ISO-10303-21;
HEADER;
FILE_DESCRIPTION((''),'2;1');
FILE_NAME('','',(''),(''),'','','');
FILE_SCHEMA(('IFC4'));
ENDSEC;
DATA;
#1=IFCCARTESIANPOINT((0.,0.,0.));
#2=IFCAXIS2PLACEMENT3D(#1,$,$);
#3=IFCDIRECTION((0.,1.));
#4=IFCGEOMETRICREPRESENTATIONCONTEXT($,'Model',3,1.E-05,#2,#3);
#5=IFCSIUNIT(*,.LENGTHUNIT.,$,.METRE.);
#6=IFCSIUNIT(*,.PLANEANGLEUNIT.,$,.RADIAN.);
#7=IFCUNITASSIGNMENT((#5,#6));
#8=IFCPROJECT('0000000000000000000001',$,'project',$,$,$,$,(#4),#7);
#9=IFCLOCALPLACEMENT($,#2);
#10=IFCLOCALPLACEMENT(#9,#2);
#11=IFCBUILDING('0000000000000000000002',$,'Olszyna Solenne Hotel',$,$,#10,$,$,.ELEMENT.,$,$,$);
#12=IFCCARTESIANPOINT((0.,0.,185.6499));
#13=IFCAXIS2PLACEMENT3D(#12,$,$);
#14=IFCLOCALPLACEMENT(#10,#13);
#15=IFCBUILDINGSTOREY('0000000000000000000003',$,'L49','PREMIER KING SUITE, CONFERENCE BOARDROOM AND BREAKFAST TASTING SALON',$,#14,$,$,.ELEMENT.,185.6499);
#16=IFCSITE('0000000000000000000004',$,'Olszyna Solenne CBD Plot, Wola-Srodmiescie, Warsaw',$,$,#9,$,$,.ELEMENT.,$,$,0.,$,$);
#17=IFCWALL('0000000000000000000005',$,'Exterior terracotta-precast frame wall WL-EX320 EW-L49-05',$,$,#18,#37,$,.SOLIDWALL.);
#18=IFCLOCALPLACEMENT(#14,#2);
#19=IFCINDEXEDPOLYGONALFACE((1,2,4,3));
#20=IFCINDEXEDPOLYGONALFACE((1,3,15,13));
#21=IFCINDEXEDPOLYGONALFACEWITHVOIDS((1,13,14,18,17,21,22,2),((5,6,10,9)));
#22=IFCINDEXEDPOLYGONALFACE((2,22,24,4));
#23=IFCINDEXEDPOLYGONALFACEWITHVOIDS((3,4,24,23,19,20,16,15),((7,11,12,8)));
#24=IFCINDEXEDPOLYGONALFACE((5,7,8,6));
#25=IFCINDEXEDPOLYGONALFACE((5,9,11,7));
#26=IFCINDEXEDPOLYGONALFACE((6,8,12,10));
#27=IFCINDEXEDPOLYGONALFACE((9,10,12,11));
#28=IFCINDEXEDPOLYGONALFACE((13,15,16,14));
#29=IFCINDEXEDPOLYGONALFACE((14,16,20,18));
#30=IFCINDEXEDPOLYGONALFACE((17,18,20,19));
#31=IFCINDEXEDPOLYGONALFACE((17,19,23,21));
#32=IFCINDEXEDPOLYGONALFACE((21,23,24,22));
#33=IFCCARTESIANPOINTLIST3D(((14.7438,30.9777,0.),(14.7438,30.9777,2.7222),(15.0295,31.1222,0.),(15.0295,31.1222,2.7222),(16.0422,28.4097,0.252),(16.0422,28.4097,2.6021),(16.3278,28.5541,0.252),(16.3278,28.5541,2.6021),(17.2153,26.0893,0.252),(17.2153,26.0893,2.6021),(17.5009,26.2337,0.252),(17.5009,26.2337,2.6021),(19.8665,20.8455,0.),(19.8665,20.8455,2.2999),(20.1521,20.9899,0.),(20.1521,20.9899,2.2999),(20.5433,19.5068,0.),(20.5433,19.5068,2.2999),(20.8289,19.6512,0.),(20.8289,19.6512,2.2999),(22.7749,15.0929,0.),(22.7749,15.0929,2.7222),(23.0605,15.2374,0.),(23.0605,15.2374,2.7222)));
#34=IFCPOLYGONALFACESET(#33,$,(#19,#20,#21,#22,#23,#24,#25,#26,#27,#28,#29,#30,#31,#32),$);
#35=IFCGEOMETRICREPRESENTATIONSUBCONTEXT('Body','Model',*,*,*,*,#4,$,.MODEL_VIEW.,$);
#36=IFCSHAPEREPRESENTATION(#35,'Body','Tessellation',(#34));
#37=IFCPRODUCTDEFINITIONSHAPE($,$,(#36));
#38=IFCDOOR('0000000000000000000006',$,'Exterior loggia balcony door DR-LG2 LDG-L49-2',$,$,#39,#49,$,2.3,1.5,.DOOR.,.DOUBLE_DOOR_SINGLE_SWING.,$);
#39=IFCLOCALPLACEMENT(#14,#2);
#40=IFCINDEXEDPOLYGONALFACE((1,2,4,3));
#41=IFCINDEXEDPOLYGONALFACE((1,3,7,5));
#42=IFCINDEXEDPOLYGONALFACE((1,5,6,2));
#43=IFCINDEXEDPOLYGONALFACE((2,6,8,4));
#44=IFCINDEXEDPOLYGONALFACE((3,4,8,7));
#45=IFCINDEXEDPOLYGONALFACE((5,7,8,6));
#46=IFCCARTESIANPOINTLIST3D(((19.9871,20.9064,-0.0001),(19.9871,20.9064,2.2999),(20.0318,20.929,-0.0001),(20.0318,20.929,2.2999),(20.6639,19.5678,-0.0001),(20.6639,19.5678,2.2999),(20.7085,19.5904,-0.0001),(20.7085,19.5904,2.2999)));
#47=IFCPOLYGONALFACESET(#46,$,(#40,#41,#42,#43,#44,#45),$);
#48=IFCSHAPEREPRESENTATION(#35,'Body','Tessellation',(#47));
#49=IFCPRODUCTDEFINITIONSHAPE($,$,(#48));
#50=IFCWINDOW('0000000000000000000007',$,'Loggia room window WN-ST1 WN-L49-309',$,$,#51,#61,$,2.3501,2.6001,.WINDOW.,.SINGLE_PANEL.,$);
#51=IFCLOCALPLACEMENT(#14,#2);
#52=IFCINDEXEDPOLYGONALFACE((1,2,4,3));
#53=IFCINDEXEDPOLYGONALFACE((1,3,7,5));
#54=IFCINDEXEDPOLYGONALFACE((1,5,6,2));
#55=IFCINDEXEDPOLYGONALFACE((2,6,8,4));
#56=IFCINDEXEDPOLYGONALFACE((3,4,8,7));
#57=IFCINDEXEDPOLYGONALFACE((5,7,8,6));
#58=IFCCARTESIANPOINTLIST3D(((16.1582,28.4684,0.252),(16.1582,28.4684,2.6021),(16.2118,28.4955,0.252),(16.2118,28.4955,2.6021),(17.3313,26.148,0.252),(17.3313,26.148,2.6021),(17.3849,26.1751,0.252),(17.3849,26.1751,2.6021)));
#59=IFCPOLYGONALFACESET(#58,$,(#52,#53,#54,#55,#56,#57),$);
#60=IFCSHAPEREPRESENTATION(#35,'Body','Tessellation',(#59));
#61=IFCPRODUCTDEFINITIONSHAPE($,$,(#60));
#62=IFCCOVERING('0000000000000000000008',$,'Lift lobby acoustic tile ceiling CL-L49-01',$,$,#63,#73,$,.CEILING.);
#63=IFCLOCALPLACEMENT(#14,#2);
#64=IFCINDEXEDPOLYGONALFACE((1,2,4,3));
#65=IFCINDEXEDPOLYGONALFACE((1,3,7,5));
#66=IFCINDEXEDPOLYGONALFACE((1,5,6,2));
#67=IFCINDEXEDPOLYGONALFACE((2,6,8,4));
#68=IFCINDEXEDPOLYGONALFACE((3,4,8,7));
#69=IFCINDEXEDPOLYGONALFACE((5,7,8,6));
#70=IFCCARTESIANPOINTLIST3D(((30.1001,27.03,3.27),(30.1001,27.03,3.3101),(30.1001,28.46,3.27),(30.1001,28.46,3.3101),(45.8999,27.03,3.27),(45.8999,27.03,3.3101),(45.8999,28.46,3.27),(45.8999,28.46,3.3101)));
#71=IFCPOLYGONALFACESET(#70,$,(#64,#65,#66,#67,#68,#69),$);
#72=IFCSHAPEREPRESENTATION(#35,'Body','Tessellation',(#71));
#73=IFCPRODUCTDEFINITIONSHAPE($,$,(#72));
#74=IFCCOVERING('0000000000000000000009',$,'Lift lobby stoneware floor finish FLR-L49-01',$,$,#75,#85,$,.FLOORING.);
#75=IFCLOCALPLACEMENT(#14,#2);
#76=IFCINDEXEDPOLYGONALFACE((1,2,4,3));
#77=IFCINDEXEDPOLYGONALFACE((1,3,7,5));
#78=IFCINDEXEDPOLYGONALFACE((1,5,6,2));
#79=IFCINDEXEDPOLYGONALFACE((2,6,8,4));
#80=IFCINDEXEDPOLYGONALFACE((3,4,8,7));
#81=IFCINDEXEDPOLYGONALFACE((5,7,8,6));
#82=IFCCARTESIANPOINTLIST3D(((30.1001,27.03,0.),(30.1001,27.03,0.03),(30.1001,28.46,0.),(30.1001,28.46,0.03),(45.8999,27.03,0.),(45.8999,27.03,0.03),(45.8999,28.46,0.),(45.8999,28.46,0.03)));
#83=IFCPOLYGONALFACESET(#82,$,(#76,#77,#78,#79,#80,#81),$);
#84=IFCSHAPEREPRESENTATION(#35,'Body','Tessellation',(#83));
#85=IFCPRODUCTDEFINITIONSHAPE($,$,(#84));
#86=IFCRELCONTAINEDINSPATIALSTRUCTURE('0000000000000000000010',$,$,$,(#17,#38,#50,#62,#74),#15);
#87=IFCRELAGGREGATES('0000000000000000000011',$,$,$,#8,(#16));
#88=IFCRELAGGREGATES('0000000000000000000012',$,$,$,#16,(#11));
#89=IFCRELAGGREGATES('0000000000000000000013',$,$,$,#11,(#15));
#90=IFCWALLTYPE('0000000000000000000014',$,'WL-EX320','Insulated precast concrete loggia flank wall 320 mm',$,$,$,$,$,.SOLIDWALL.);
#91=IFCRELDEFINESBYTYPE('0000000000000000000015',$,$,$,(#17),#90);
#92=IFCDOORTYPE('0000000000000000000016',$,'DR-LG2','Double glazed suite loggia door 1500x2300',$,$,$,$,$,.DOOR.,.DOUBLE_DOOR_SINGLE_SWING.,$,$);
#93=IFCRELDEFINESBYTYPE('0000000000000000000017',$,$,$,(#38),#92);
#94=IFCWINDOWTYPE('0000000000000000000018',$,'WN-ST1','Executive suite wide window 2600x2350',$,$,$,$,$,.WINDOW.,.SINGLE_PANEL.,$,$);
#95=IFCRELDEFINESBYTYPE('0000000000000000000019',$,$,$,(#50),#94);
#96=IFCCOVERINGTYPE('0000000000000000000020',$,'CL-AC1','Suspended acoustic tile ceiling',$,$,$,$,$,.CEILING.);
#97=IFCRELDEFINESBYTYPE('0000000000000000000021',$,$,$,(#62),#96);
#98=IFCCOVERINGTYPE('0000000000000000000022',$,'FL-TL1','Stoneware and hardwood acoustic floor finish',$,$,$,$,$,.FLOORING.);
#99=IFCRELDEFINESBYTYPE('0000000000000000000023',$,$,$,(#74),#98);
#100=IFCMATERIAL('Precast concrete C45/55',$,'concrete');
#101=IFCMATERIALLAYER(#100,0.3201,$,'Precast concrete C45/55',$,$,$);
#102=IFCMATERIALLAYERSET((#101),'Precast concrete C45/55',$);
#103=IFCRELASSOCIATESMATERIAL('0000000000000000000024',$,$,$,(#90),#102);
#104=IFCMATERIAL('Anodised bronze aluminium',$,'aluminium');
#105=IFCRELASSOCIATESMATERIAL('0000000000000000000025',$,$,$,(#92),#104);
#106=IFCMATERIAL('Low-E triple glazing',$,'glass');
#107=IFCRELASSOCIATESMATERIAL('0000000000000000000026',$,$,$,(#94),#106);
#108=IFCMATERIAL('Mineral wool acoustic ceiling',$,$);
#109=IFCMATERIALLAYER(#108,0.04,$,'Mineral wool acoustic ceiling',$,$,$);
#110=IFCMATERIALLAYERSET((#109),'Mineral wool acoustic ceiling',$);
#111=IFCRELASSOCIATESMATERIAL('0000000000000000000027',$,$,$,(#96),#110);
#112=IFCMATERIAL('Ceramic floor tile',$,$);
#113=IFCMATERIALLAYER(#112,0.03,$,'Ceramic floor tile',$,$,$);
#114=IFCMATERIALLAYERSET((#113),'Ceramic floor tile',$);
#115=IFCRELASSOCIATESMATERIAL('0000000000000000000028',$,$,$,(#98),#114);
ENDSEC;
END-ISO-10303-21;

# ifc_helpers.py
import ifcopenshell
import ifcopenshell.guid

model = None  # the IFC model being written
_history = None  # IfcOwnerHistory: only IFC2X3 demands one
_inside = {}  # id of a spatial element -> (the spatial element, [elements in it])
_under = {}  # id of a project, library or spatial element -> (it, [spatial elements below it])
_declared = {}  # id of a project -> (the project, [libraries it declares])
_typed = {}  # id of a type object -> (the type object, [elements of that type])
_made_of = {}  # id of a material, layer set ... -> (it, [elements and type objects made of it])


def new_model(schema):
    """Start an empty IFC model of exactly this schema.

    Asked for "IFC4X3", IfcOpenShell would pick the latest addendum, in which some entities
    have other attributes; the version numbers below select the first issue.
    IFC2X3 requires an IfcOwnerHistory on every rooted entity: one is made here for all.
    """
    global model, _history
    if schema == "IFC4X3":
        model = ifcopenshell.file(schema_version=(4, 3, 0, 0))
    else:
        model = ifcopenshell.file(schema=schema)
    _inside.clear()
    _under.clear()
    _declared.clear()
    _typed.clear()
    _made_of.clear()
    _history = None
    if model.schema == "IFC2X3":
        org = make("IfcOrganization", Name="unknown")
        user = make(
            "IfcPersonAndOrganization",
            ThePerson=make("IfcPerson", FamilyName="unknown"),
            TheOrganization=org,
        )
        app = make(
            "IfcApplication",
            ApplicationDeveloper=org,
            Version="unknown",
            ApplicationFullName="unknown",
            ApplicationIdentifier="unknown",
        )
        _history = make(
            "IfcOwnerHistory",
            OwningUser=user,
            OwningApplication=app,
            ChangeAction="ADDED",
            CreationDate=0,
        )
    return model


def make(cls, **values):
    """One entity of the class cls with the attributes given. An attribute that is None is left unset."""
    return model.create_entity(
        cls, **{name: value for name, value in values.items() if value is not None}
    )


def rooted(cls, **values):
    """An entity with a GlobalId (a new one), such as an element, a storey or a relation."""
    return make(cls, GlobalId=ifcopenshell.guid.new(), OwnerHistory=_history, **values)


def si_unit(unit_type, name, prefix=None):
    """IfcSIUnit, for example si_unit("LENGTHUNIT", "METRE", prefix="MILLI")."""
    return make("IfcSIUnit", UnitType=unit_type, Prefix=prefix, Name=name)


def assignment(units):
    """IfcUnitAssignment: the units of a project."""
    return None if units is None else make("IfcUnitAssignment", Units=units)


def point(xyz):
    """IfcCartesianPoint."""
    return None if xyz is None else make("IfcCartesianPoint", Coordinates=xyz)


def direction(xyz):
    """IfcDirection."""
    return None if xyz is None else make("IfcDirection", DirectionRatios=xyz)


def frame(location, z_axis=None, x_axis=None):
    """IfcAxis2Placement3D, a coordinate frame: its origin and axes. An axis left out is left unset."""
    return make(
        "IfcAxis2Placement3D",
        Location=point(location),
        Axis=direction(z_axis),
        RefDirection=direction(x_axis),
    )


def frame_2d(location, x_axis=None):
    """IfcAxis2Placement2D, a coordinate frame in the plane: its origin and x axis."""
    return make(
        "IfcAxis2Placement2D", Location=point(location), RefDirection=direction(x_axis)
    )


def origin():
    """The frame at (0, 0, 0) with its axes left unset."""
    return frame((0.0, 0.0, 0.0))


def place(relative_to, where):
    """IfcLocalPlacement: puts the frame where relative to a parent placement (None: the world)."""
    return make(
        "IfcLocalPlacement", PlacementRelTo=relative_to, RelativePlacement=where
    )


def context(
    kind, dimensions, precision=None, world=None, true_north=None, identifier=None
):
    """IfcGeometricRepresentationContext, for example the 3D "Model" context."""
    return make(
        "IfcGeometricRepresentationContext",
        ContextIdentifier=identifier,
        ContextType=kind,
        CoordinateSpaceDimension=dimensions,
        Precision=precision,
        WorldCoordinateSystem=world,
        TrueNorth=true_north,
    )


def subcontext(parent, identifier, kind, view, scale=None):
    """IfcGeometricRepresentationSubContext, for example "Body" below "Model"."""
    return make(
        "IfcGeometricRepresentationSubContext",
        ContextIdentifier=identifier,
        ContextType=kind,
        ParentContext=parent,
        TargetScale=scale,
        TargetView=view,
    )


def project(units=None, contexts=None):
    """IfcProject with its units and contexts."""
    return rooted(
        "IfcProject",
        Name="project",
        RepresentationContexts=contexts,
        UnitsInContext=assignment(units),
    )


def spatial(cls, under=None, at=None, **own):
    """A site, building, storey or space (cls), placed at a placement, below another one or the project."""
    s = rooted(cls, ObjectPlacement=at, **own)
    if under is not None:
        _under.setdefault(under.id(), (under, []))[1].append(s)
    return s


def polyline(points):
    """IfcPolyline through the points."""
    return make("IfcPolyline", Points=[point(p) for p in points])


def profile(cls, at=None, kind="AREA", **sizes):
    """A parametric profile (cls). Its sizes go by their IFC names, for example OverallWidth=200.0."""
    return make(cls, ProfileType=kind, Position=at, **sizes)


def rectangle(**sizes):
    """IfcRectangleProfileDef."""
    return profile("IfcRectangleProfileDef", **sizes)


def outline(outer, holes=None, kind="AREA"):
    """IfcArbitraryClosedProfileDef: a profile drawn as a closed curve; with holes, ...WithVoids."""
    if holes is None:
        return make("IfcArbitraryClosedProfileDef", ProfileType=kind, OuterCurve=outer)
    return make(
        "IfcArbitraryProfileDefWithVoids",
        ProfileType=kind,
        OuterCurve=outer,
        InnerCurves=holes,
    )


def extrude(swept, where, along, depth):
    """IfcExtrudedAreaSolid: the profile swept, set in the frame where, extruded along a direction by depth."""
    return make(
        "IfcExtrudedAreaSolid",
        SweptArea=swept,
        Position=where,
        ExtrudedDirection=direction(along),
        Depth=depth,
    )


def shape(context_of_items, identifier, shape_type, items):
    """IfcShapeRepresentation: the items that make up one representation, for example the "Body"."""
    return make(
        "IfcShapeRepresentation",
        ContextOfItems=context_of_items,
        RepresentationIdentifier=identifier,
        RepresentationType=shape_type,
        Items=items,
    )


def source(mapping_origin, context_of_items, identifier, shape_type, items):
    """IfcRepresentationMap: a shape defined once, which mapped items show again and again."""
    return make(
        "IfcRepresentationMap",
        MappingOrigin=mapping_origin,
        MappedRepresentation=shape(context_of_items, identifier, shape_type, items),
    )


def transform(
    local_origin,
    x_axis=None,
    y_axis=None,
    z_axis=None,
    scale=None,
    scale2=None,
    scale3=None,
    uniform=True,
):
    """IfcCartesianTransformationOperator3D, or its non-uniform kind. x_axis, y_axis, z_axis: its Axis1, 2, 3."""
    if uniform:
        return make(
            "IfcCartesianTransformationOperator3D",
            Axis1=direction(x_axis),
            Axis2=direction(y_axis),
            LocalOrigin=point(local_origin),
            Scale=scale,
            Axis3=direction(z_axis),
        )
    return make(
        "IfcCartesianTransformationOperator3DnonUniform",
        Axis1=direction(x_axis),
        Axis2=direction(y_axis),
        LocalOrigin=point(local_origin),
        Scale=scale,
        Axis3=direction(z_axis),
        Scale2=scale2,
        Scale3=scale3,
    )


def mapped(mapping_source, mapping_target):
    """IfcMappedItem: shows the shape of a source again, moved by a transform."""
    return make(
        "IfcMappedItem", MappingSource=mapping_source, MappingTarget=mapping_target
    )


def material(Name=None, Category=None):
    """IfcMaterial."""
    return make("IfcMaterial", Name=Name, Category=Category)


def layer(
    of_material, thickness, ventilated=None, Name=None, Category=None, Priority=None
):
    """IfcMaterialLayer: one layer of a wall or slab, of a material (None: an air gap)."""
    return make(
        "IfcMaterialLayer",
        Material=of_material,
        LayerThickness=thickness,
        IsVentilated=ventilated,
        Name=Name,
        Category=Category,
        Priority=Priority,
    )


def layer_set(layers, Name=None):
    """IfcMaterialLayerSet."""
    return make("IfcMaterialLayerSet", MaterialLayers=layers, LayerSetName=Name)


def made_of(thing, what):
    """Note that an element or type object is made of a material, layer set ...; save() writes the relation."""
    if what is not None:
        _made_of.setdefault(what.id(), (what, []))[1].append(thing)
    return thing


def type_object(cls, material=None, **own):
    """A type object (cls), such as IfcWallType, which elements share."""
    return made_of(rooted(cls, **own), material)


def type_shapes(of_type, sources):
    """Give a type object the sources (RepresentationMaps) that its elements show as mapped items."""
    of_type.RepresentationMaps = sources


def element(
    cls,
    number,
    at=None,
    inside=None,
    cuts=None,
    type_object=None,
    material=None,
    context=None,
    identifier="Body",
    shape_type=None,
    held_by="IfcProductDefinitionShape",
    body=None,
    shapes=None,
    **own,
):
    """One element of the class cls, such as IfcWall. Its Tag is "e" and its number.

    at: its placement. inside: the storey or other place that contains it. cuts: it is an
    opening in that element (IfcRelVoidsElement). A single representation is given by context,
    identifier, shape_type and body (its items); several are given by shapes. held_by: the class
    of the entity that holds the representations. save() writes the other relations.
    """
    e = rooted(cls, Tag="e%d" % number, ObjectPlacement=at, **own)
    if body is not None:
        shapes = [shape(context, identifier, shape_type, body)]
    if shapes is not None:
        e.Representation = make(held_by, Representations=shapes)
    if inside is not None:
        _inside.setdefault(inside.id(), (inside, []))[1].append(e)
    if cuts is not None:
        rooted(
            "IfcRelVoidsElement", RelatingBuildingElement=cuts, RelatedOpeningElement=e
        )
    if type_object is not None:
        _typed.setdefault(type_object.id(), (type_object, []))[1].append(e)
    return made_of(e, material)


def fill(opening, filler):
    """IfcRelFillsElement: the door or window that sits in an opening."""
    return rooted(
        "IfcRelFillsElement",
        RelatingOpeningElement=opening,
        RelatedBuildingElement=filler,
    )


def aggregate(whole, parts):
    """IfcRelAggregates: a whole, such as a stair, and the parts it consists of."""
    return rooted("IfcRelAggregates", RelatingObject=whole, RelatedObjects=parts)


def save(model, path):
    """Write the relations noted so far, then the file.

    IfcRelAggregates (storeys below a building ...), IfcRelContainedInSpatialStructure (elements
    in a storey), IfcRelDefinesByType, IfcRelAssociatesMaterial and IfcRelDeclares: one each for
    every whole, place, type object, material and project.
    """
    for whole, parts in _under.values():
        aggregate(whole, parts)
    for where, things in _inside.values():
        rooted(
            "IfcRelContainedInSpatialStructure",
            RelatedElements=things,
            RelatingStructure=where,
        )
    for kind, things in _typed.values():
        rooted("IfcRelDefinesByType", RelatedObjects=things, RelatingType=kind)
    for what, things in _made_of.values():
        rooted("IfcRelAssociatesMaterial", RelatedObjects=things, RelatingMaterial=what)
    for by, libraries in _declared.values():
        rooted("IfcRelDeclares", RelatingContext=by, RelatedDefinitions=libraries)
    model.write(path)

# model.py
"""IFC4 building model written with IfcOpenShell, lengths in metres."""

from ifc_helpers import new_model, si_unit, direction, frame, frame_2d, origin, place, context, subcontext, project, spatial, polyline, rectangle, outline, extrude, source, transform, mapped, material, layer, layer_set, type_object, type_shapes, element, fill, save


model = new_model("IFC4")

# Units and contexts
model_context = context("Model", 3, precision=1e-05, world=origin(), true_north=direction((0.0, 1.0)))
body_context = subcontext(model_context, "Body", "Model", "MODEL_VIEW")
ifc_project = project(units=[si_unit("LENGTHUNIT", "METRE"), si_unit("PLANEANGLEUNIT", "RADIAN")], contexts=[model_context])

# Site, building, storey
site_placement = place(None, origin())
site = spatial("IfcSite", under=ifc_project, at=site_placement, Name="Olszyna Solenne CBD Plot, Wola-Srodmiescie, Warsaw", CompositionType="ELEMENT", RefElevation=0.0)
building_placement = place(site_placement, origin())
building = spatial("IfcBuilding", under=site, at=building_placement, Name="Olszyna Solenne Hotel", CompositionType="ELEMENT")
storey_placement = place(building_placement, frame((0.0, 0.0, 185.6499)))
storey = spatial("IfcBuildingStorey", under=building, at=storey_placement, Name="L49", Description="PREMIER KING SUITE, CONFERENCE BOARDROOM AND BREAKFAST TASTING SALON", CompositionType="ELEMENT", Elevation=185.6499)

# Shared definitions
ifc_material_1 = material(Name="Anodised bronze aluminium", Category="aluminium")

# Shared definitions
ifc_material_2 = material(Name="Precast concrete C45/55", Category="concrete")

# Shared definitions
ifc_material_3 = material(Name="Low-E triple glazing", Category="glass")

# Wall, openings, door, window
ifc_layer_1 = layer(ifc_material_2, 0.3201, Name="Precast concrete C45/55")
ifc_layer_set_1 = layer_set([ifc_layer_1], Name="Precast concrete C45/55")
wall_type = type_object("IfcWallType", Name="WL-EX320", Description="Insulated precast concrete loggia flank wall 320 mm", PredefinedType="SOLIDWALL", material=ifc_layer_set_1)
wall_placement = place(storey_placement, frame((22.9177, 15.165, 0.0), z_axis=(0.0, 0.0, 1.0), x_axis=(-0.451192, 0.892427, 0.0)))
wall = element("IfcWall", 1, at=wall_placement, inside=storey, type_object=wall_type, Name="Exterior terracotta-precast frame wall WL-EX320 EW-L49-05", PredefinedType="SOLIDWALL", context=body_context, shape_type="SweptSolid", body=[
    extrude(rectangle(XDim=17.7996, YDim=0.3201, at=frame_2d((8.8999, 0.0))), origin(), (0.0, 0.0, 1.0), 2.7222),
])
opening_1_placement = place(wall_placement, frame((4.946, 0.0, 0.0)))
opening_1 = element("IfcOpeningElement", 2, at=opening_1_placement, cuts=wall, PredefinedType="OPENING", context=body_context, shape_type="SweptSolid", body=[
    extrude(rectangle(XDim=1.5, YDim=2.3, at=frame_2d((0.75, 1.1499))), frame((0.0, 0.1699, 0.0), z_axis=(0.0, -1.0, 0.0), x_axis=(1.0, 0.0, 0.0)), (0.0, 0.0, 1.0), 0.3401),
])
opening_2_placement = place(wall_placement, frame((12.322, 0.0, 0.252)))
opening_2 = element("IfcOpeningElement", 3, at=opening_2_placement, cuts=wall, PredefinedType="OPENING", context=body_context, shape_type="SweptSolid", body=[
    extrude(rectangle(XDim=2.6001, YDim=2.3501, at=frame_2d((1.3, 1.175))), frame((0.0, 0.1699, 0.0), z_axis=(0.0, -1.0, 0.0), x_axis=(1.0, 0.0, 0.0)), (0.0, 0.0, 1.0), 0.3401),
])
door_type = type_object("IfcDoorType", Name="DR-LG2", Description="Double glazed suite loggia door 1500x2300", OperationType="DOUBLE_DOOR_SINGLE_SWING", PredefinedType="DOOR", material=ifc_material_1)
shared_shape_1 = source(origin(), body_context, "Body", "SweptSolid", [
    extrude(rectangle(XDim=1.5, YDim=2.3, at=frame_2d((0.75, 1.1499))), frame((0.0, 0.0249, 0.0), z_axis=(0.0, -1.0, 0.0), x_axis=(1.0, 0.0, 0.0)), (0.0, 0.0, 1.0), 0.05),
])
type_shapes(door_type, [shared_shape_1])
door_placement = place(opening_1_placement, origin())
door = element("IfcDoor", 4, at=door_placement, inside=storey, type_object=door_type, Name="Exterior loggia balcony door DR-LG2 LDG-L49-2", OperationType="DOUBLE_DOOR_SINGLE_SWING", OverallHeight=2.3, OverallWidth=1.5, PredefinedType="DOOR", context=body_context, shape_type="MappedRepresentation", body=[
    mapped(shared_shape_1, transform((0.0, 0.0, 0.0), x_axis=(1.0, 0.0, 0.0), y_axis=(0.0, 1.0, 0.0), z_axis=(0.0, 0.0, 1.0), scale=1.0)),
])
fill(opening_1, door)
window_type = type_object("IfcWindowType", Name="WN-ST1", Description="Executive suite wide window 2600x2350", PartitioningType="SINGLE_PANEL", PredefinedType="WINDOW", material=ifc_material_3)
shared_shape_2 = source(origin(), body_context, "Body", "SweptSolid", [
    extrude(rectangle(XDim=2.6001, YDim=2.3501, at=frame_2d((1.3, 1.175))), frame((0.0, 0.03, 0.0), z_axis=(0.0, -1.0, 0.0), x_axis=(1.0, 0.0, 0.0)), (0.0, 0.0, 1.0), 0.0601),
])
type_shapes(window_type, [shared_shape_2])
window_placement = place(opening_2_placement, origin())
window = element("IfcWindow", 5, at=window_placement, inside=storey, type_object=window_type, Name="Loggia room window WN-ST1 WN-L49-309", OverallHeight=2.3501, OverallWidth=2.6001, PartitioningType="SINGLE_PANEL", PredefinedType="WINDOW", context=body_context, shape_type="MappedRepresentation", body=[
    mapped(shared_shape_2, transform((0.0, 0.0, 0.0), x_axis=(1.0, 0.0, 0.0), y_axis=(0.0, 1.0, 0.0), z_axis=(0.0, 0.0, 1.0), scale=1.0)),
])
fill(opening_2, window)

# Coverings
ifc_material_4 = material(Name="Mineral wool acoustic ceiling")
ifc_layer_2 = layer(ifc_material_4, 0.04, Name="Mineral wool acoustic ceiling")
ifc_layer_set_2 = layer_set([ifc_layer_2], Name="Mineral wool acoustic ceiling")
covering_type_1 = type_object("IfcCoveringType", Name="CL-AC1", Description="Suspended acoustic tile ceiling", PredefinedType="CEILING", material=ifc_layer_set_2)
covering_1_placement = place(storey_placement, frame((0.0, 0.0, 3.27)))
element("IfcCovering", 6, at=covering_1_placement, inside=storey, type_object=covering_type_1, Name="Lift lobby acoustic tile ceiling CL-L49-01", PredefinedType="CEILING", context=body_context, shape_type="SweptSolid", body=[
    extrude(outline(polyline([(30.1001, 27.03), (45.8999, 27.03), (45.8999, 28.46), (30.1001, 28.46), (30.1001, 27.03)])), origin(), (0.0, 0.0, 1.0), 0.04),
])
ifc_material_5 = material(Name="Ceramic floor tile")
ifc_layer_3 = layer(ifc_material_5, 0.03, Name="Ceramic floor tile")
ifc_layer_set_3 = layer_set([ifc_layer_3], Name="Ceramic floor tile")
covering_type_2 = type_object("IfcCoveringType", Name="FL-TL1", Description="Stoneware and hardwood acoustic floor finish", PredefinedType="FLOORING", material=ifc_layer_set_3)
covering_2_placement = place(storey_placement, origin())
element("IfcCovering", 7, at=covering_2_placement, inside=storey, type_object=covering_type_2, Name="Lift lobby stoneware floor finish FLR-L49-01", PredefinedType="FLOORING", context=body_context, shape_type="SweptSolid", body=[
    extrude(outline(polyline([(30.1001, 27.03), (45.8999, 27.03), (45.8999, 28.46), (30.1001, 28.46), (30.1001, 27.03)])), origin(), (0.0, 0.0, 1.0), 0.03),
])

save(model, "model.ifc")
